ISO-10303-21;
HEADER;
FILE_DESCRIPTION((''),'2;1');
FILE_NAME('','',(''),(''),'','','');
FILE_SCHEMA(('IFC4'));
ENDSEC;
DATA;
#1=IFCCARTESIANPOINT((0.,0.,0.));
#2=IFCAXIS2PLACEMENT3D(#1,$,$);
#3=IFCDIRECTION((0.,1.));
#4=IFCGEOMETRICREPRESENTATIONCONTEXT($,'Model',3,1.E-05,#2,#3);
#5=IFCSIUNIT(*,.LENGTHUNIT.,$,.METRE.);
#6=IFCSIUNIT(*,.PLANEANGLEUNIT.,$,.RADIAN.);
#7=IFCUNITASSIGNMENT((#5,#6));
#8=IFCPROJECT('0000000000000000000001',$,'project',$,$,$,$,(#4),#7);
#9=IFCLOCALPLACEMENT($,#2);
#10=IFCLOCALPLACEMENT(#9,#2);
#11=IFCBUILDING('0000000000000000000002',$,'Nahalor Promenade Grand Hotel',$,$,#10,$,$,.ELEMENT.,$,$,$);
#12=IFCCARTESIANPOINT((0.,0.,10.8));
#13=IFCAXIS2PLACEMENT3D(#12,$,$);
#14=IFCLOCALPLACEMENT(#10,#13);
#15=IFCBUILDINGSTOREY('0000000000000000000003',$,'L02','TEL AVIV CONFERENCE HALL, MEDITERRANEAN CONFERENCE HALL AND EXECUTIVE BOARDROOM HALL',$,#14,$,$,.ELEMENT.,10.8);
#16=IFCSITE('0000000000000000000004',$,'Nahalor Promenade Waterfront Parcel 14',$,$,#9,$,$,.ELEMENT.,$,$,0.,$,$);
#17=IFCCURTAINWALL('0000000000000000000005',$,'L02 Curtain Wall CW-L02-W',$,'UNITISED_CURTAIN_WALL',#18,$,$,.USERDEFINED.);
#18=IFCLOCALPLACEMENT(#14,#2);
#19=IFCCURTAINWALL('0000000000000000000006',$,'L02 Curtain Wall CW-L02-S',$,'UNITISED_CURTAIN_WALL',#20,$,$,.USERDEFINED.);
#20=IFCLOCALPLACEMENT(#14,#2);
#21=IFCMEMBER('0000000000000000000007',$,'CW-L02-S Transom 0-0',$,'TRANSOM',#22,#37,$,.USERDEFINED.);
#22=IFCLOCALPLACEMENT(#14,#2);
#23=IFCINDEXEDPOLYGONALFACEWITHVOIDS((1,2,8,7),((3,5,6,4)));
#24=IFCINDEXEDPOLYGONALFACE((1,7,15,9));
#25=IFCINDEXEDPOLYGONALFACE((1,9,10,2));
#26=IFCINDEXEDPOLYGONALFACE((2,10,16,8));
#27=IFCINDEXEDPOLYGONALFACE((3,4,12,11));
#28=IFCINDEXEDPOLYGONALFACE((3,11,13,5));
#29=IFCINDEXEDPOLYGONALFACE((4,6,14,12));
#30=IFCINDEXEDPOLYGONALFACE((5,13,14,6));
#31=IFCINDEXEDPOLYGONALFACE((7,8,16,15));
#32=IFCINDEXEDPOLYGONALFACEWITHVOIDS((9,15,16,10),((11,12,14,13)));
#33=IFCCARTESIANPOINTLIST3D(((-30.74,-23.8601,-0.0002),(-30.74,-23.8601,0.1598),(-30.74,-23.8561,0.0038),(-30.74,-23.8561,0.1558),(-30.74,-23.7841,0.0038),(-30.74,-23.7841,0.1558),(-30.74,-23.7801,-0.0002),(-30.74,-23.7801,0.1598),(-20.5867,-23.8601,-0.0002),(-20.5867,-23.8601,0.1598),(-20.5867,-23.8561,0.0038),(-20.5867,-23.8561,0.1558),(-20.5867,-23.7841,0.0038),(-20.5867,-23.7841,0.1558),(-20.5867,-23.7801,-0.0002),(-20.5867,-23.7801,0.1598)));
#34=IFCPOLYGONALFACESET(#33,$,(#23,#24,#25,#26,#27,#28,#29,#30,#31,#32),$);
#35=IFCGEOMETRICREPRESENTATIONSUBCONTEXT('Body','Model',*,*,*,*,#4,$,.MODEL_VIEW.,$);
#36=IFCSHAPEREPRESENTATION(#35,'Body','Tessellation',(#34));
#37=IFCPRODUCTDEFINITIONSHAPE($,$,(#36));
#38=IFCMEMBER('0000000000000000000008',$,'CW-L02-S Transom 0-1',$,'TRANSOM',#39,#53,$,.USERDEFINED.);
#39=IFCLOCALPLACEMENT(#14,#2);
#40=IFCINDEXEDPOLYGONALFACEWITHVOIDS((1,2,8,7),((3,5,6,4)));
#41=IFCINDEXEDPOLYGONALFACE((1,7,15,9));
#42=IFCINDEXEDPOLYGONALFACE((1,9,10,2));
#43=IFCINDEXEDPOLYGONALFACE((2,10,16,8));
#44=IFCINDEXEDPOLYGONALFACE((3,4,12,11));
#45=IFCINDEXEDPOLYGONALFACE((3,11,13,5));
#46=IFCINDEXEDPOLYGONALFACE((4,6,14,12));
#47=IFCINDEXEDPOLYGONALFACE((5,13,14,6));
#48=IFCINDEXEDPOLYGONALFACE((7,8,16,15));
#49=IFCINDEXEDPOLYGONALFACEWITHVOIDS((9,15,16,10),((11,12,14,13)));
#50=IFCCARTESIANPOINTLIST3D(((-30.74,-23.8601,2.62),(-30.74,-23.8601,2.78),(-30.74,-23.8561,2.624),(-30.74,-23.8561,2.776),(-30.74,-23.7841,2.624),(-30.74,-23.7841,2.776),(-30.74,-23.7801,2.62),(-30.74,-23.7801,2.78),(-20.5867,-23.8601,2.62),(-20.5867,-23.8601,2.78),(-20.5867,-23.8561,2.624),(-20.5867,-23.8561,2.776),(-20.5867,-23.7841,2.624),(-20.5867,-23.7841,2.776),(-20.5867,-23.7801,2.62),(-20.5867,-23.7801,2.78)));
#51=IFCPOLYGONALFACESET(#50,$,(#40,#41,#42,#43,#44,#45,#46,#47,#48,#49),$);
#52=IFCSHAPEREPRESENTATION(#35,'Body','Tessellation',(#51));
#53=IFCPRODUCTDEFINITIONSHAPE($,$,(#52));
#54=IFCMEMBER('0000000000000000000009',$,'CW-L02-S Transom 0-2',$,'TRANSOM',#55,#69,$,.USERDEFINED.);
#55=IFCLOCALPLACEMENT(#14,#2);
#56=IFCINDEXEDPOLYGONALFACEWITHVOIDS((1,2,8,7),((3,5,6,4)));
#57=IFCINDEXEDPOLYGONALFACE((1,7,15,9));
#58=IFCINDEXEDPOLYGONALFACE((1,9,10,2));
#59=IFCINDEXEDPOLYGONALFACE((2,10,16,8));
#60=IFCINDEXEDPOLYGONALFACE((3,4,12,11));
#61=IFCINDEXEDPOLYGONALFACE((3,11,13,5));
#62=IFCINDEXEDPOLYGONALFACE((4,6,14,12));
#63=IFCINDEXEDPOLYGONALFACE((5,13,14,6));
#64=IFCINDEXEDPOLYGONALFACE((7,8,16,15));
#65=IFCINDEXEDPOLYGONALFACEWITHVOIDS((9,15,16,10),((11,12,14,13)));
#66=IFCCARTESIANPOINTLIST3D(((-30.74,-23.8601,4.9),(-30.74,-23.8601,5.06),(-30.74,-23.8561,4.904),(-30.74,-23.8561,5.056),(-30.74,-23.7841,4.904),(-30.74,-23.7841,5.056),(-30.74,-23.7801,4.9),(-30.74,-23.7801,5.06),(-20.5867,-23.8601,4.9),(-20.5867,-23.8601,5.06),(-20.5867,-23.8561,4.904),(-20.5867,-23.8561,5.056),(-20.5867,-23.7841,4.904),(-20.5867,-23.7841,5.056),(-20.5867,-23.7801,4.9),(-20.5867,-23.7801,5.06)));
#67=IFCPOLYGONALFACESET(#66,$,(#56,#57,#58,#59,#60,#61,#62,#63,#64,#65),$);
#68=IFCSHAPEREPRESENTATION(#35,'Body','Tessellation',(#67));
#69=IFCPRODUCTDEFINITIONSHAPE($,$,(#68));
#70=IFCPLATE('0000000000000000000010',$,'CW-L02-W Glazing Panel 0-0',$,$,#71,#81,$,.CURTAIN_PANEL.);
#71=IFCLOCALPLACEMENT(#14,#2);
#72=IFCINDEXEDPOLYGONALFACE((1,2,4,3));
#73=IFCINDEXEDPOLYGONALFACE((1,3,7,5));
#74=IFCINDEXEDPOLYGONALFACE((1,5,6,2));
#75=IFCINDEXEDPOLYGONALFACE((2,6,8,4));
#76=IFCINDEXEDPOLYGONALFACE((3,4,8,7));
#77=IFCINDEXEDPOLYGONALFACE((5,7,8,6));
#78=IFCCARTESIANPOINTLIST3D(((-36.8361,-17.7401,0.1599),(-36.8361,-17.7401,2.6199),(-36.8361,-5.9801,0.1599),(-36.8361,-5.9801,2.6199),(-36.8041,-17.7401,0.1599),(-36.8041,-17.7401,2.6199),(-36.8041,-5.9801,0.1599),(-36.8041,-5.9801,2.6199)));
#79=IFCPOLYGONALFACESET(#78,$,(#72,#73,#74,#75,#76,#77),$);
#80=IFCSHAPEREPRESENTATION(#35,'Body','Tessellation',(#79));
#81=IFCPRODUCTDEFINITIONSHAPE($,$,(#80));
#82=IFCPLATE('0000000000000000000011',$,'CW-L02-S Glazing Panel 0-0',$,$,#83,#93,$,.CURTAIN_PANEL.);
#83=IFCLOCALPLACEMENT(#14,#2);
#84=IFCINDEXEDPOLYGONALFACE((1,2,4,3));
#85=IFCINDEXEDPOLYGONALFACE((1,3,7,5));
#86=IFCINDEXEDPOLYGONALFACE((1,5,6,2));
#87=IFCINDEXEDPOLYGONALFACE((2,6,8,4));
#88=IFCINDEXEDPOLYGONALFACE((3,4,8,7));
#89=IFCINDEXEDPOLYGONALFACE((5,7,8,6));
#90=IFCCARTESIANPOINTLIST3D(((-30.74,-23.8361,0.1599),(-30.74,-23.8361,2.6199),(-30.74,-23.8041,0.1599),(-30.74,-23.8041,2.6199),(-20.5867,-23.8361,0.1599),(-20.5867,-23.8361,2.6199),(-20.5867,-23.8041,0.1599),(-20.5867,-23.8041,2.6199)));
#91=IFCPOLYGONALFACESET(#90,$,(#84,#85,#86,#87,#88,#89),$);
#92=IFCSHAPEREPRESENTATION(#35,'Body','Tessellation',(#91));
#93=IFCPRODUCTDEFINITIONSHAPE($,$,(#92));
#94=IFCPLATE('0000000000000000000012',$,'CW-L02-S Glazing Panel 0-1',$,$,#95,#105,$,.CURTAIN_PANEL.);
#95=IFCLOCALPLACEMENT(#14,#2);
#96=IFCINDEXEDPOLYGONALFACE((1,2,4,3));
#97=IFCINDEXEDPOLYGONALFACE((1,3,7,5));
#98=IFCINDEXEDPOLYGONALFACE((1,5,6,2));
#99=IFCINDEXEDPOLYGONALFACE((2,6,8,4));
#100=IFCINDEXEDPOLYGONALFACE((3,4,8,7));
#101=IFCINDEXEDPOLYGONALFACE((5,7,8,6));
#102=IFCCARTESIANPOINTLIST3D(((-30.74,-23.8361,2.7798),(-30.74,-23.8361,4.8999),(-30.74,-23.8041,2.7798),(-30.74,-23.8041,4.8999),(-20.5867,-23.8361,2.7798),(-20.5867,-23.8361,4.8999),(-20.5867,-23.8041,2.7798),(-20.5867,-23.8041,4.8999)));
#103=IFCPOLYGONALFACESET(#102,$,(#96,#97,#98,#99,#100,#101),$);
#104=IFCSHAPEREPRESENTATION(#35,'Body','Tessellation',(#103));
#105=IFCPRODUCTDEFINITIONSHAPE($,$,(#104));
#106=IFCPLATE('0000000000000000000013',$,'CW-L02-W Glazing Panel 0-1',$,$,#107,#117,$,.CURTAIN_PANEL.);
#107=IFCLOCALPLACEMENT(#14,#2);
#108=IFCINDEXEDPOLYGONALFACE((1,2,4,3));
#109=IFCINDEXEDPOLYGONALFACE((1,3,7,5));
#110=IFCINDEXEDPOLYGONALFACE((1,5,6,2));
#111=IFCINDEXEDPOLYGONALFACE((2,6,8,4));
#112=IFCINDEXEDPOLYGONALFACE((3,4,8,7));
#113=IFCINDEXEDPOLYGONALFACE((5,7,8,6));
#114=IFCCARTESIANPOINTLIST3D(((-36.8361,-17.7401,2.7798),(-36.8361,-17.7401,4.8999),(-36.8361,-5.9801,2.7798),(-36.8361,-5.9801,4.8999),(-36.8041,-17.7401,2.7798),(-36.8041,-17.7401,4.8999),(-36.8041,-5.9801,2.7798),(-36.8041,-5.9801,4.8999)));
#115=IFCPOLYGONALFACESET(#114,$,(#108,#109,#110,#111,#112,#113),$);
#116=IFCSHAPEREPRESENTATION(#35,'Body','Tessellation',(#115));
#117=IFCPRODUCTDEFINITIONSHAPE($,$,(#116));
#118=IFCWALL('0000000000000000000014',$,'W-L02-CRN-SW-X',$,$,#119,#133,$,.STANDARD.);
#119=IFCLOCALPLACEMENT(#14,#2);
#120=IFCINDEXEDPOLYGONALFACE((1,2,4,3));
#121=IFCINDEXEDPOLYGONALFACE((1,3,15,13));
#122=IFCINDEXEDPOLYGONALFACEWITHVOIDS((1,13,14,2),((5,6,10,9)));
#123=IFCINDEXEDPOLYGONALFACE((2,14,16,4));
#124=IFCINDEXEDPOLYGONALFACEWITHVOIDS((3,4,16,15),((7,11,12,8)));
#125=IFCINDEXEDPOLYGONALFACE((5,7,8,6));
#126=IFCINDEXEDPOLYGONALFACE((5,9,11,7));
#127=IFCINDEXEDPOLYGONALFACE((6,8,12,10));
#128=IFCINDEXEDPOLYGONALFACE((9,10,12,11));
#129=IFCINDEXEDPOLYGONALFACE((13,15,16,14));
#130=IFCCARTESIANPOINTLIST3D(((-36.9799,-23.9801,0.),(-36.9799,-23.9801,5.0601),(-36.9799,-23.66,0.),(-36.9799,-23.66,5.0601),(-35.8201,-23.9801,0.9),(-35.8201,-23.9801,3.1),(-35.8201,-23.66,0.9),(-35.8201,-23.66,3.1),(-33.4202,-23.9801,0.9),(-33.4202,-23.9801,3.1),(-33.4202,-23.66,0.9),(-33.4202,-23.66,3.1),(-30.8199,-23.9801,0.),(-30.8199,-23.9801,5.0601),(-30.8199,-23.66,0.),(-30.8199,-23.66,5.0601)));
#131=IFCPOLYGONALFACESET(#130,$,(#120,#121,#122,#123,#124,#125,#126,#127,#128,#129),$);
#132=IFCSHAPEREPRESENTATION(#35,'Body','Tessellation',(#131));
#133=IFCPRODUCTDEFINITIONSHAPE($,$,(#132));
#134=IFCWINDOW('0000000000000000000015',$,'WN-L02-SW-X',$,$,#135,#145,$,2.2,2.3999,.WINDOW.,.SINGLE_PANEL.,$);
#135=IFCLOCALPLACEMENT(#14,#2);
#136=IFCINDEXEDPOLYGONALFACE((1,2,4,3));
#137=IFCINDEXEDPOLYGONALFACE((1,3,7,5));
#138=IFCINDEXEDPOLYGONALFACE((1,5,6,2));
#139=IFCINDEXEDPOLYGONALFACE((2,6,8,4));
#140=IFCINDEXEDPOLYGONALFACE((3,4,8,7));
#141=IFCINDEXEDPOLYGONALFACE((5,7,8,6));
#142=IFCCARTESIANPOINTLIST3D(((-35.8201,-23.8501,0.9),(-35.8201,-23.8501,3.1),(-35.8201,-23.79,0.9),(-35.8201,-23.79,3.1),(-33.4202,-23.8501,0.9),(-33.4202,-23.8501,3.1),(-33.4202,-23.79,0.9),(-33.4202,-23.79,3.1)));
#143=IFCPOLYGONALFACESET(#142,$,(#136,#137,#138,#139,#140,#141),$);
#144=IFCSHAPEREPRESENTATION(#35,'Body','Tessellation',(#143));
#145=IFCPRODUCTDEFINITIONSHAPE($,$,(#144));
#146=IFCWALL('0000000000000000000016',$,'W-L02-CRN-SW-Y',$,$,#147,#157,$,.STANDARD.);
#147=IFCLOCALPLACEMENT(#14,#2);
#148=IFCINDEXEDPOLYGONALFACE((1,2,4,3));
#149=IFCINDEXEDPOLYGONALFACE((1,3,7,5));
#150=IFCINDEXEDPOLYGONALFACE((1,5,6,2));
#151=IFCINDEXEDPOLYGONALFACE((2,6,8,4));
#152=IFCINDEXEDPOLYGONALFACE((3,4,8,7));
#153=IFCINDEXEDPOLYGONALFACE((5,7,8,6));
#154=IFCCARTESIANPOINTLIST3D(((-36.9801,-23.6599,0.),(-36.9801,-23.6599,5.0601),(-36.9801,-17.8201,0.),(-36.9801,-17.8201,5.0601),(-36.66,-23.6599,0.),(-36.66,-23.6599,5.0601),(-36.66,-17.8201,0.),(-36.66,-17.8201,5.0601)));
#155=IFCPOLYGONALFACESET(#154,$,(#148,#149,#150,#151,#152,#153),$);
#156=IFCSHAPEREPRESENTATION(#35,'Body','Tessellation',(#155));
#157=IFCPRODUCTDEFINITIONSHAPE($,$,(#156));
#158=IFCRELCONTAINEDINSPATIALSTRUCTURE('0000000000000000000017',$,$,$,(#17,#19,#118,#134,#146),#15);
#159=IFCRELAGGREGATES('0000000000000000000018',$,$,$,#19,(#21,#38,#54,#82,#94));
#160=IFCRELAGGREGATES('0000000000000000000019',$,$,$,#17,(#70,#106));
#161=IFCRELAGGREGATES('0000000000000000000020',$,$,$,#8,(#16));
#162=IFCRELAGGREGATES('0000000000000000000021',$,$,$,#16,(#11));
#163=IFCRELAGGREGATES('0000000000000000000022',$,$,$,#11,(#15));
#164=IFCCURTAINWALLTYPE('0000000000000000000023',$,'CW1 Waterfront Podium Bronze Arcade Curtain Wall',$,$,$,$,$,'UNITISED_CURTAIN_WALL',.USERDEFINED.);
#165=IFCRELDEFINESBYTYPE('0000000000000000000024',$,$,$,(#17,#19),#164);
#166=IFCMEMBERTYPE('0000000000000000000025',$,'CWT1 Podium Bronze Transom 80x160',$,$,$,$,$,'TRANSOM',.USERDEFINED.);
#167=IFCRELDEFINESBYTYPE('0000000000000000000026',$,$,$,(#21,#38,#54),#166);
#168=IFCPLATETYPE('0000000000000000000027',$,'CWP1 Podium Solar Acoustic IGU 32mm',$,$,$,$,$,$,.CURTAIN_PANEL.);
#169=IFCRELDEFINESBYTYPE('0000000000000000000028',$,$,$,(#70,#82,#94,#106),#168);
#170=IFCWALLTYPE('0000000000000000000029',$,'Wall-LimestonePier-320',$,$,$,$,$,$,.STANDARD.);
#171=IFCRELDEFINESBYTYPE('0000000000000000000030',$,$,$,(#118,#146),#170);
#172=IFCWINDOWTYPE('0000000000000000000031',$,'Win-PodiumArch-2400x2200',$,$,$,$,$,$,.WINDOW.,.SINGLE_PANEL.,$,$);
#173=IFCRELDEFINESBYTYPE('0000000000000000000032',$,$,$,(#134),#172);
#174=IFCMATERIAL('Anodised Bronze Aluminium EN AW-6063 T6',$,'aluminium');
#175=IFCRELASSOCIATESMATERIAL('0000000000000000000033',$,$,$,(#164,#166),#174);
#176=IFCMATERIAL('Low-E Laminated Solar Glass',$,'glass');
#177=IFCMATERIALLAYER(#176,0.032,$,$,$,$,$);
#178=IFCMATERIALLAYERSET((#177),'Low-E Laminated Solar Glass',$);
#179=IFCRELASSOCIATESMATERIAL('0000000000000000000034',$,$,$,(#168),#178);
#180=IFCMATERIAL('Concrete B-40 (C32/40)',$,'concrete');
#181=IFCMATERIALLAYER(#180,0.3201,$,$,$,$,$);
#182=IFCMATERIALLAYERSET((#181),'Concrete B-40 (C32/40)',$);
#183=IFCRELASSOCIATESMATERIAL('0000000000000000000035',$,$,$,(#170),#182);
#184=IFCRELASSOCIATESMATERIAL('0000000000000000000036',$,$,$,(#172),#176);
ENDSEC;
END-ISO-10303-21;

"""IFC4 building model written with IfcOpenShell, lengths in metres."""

from ifc_helpers import new_model, si_unit, direction, frame, frame_2d, origin, origin_2d, place, context, subcontext, project, spatial, rectangle, hollow_rectangle, extrude, source, transform, mapped, material, layer, layer_set, material_profile, profile_set, type_object, element, fill, aggregate, save


model = new_model("IFC4")

# Units and contexts
model_context = context("Model", 3, precision=1e-05, world=origin(), true_north=direction((0.0, 1.0)))
body_context = subcontext(model_context, "Body", "Model", "MODEL_VIEW")
ifc_project = project(units=[si_unit("LENGTHUNIT", "METRE"), si_unit("PLANEANGLEUNIT", "RADIAN")], contexts=[model_context])

# Site, building, storey
site_placement = place(None, origin())
site = spatial("IfcSite", under=ifc_project, at=site_placement, Name="Nahalor Promenade Waterfront Parcel 14", CompositionType="ELEMENT", RefElevation=0.0)
building_placement = place(site_placement, origin())
building = spatial("IfcBuilding", under=site, at=building_placement, Name="Nahalor Promenade Grand Hotel", CompositionType="ELEMENT")
storey_placement = place(building_placement, frame((0.0, 0.0, 10.8)))
storey = spatial("IfcBuildingStorey", under=building, at=storey_placement, Name="L02", Description="TEL AVIV CONFERENCE HALL, MEDITERRANEAN CONFERENCE HALL AND EXECUTIVE BOARDROOM HALL", CompositionType="ELEMENT", Elevation=10.8)

# Curtain wall
ifc_material_1 = material(Name="Anodised Bronze Aluminium EN AW-6063 T6", Category="aluminium")
curtain_wall_type = type_object("IfcCurtainWallType", Name="CW1 Waterfront Podium Bronze Arcade Curtain Wall", ElementType="UNITISED_CURTAIN_WALL", PredefinedType="USERDEFINED", material=ifc_material_1)
curtain_wall_1_placement = place(storey_placement, origin())
curtain_wall_1 = element("IfcCurtainWall", 1, at=curtain_wall_1_placement, inside=storey, type_object=curtain_wall_type, Name="L02 Curtain Wall CW-L02-W", ObjectType="UNITISED_CURTAIN_WALL", PredefinedType="USERDEFINED")
ifc_material_profile_1 = material_profile(ifc_material_1, hollow_rectangle(XDim=0.08, YDim=0.16, WallThickness=0.004, at=origin_2d()), Name="CWT 80x160x4")
ifc_profile_set_1 = profile_set([ifc_material_profile_1], Name="Anodised Bronze Aluminium EN AW-6063 T6")
member_type_1 = type_object("IfcMemberType", Name="CWT1 Podium Bronze Transom 80x160", ElementType="TRANSOM", PredefinedType="USERDEFINED", material=ifc_profile_set_1)

# Curtain wall
curtain_wall_2_placement = place(storey_placement, origin())
curtain_wall_2 = element("IfcCurtainWall", 2, at=curtain_wall_2_placement, inside=storey, type_object=curtain_wall_type, Name="L02 Curtain Wall CW-L02-S", ObjectType="UNITISED_CURTAIN_WALL", PredefinedType="USERDEFINED")

# Members
shared_shape_1 = source(origin(), body_context, "Body", "SweptSolid", [
    extrude(hollow_rectangle(XDim=0.08, YDim=0.16, WallThickness=0.004, at=origin_2d()), origin(), (0.0, 0.0, 1.0), 10.1533),
])
member_1_placement = place(storey_placement, frame((-30.74, -23.8201, 0.0798), z_axis=(1.0, 0.0, 0.0), x_axis=(0.0, 1.0, 0.0)))
member_1 = element("IfcMember", 3, at=member_1_placement, type_object=member_type_1, Name="CW-L02-S Transom 0-0", ObjectType="TRANSOM", PredefinedType="USERDEFINED", context=body_context, shape_type="MappedRepresentation", body=[
    mapped(shared_shape_1, transform((0.0, 0.0, 0.0), scale=1.0)),
])
member_2_placement = place(storey_placement, frame((-30.74, -23.8201, 2.7), z_axis=(1.0, 0.0, 0.0), x_axis=(0.0, 1.0, 0.0)))
member_2 = element("IfcMember", 4, at=member_2_placement, type_object=member_type_1, Name="CW-L02-S Transom 0-1", ObjectType="TRANSOM", PredefinedType="USERDEFINED", context=body_context, shape_type="MappedRepresentation", body=[
    mapped(shared_shape_1, transform((0.0, 0.0, 0.0), scale=1.0)),
])
member_3_placement = place(storey_placement, frame((-30.74, -23.8201, 4.98), z_axis=(1.0, 0.0, 0.0), x_axis=(0.0, 1.0, 0.0)))
member_3 = element("IfcMember", 5, at=member_3_placement, type_object=member_type_1, Name="CW-L02-S Transom 0-2", ObjectType="TRANSOM", PredefinedType="USERDEFINED", context=body_context, shape_type="MappedRepresentation", body=[
    mapped(shared_shape_1, transform((0.0, 0.0, 0.0), scale=1.0)),
])

# Plates
ifc_material_2 = material(Name="Low-E Laminated Solar Glass", Category="glass")
ifc_layer_1 = layer(ifc_material_2, 0.032)
ifc_layer_set_1 = layer_set([ifc_layer_1], Name="Low-E Laminated Solar Glass")
plate_type = type_object("IfcPlateType", Name="CWP1 Podium Solar Acoustic IGU 32mm", PredefinedType="CURTAIN_PANEL", material=ifc_layer_set_1)
shared_shape_2 = source(origin(), body_context, "Body", "SweptSolid", [
    extrude(rectangle(XDim=11.76, YDim=0.032, at=origin_2d()), origin(), (0.0, 0.0, 1.0), 2.46),
])
plate_1_placement = place(storey_placement, frame((-36.8201, -11.8601, 0.1599), z_axis=(0.0, 0.0, 1.0), x_axis=(0.0, 1.0, 0.0)))
plate_1 = element("IfcPlate", 6, at=plate_1_placement, type_object=plate_type, Name="CW-L02-W Glazing Panel 0-0", PredefinedType="CURTAIN_PANEL", context=body_context, shape_type="MappedRepresentation", body=[
    mapped(shared_shape_2, transform((0.0, 0.0, 0.0), scale=1.0)),
])
shared_shape_3 = source(origin(), body_context, "Body", "SweptSolid", [
    extrude(rectangle(XDim=10.1533, YDim=0.032, at=origin_2d()), origin(), (0.0, 0.0, 1.0), 2.46),
])
plate_2_placement = place(storey_placement, frame((-25.6633, -23.8201, 0.1599), z_axis=(0.0, 0.0, 1.0), x_axis=(1.0, 0.0, 0.0)))
plate_2 = element("IfcPlate", 7, at=plate_2_placement, type_object=plate_type, Name="CW-L02-S Glazing Panel 0-0", PredefinedType="CURTAIN_PANEL", context=body_context, shape_type="MappedRepresentation", body=[
    mapped(shared_shape_3, transform((0.0, 0.0, 0.0), scale=1.0)),
])
shared_shape_4 = source(origin(), body_context, "Body", "SweptSolid", [
    extrude(rectangle(XDim=10.1533, YDim=0.032, at=origin_2d()), origin(), (0.0, 0.0, 1.0), 2.1201),
])
plate_3_placement = place(storey_placement, frame((-25.6633, -23.8201, 2.7798), z_axis=(0.0, 0.0, 1.0), x_axis=(1.0, 0.0, 0.0)))
plate_3 = element("IfcPlate", 8, at=plate_3_placement, type_object=plate_type, Name="CW-L02-S Glazing Panel 0-1", PredefinedType="CURTAIN_PANEL", context=body_context, shape_type="MappedRepresentation", body=[
    mapped(shared_shape_4, transform((0.0, 0.0, 0.0), scale=1.0)),
])
aggregate(curtain_wall_2, [member_1, member_2, member_3, plate_2, plate_3])
shared_shape_5 = source(origin(), body_context, "Body", "SweptSolid", [
    extrude(rectangle(XDim=11.76, YDim=0.032, at=origin_2d()), origin(), (0.0, 0.0, 1.0), 2.1201),
])
plate_4_placement = place(storey_placement, frame((-36.8201, -11.8601, 2.7798), z_axis=(0.0, 0.0, 1.0), x_axis=(0.0, 1.0, 0.0)))
plate_4 = element("IfcPlate", 9, at=plate_4_placement, type_object=plate_type, Name="CW-L02-W Glazing Panel 0-1", PredefinedType="CURTAIN_PANEL", context=body_context, shape_type="MappedRepresentation", body=[
    mapped(shared_shape_5, transform((0.0, 0.0, 0.0), scale=1.0)),
])
aggregate(curtain_wall_1, [plate_1, plate_4])

# Wall, opening, window
ifc_material_3 = material(Name="Concrete B-40 (C32/40)", Category="concrete")
ifc_layer_2 = layer(ifc_material_3, 0.3201)
ifc_layer_set_2 = layer_set([ifc_layer_2], Name="Concrete B-40 (C32/40)")
wall_type = type_object("IfcWallType", Name="Wall-LimestonePier-320", PredefinedType="STANDARD", material=ifc_layer_set_2)
shared_shape_6 = source(origin(), body_context, "Body", "SweptSolid", [
    extrude(rectangle(XDim=6.1599, YDim=0.3201, at=frame_2d((3.0801, 0.0))), origin(), (0.0, 0.0, 1.0), 5.0601),
])
wall_1_placement = place(storey_placement, frame((-36.98, -23.8201, 0.0), z_axis=(0.0, 0.0, 1.0), x_axis=(1.0, 0.0, 0.0)))
wall_1 = element("IfcWall", 10, at=wall_1_placement, inside=storey, type_object=wall_type, Name="W-L02-CRN-SW-X", PredefinedType="STANDARD", context=body_context, shape_type="MappedRepresentation", body=[
    mapped(shared_shape_6, transform((0.0, 0.0, 0.0), scale=1.0)),
])
opening_placement = place(wall_1_placement, frame((1.1599, 0.0, 0.8999)))
opening = element("IfcOpeningElement", 11, at=opening_placement, cuts=wall_1, PredefinedType="OPENING", context=body_context, shape_type="SweptSolid", body=[
    extrude(rectangle(XDim=2.3999, YDim=2.2, at=frame_2d((1.2, 1.1001))), frame((0.0, 0.1699, 0.0), z_axis=(0.0, -1.0, 0.0), x_axis=(1.0, 0.0, 0.0)), (0.0, 0.0, 1.0), 0.3401),
])
window_type = type_object("IfcWindowType", Name="Win-PodiumArch-2400x2200", PartitioningType="SINGLE_PANEL", PredefinedType="WINDOW", material=ifc_material_2)
shared_shape_7 = source(origin(), body_context, "Body", "SweptSolid", [
    extrude(rectangle(XDim=2.3999, YDim=2.2, at=frame_2d((1.2, 1.1001))), frame((0.0, 0.03, 0.0), z_axis=(0.0, -1.0, 0.0), x_axis=(1.0, 0.0, 0.0)), (0.0, 0.0, 1.0), 0.0601),
])
window_placement = place(opening_placement, origin())
window = element("IfcWindow", 12, at=window_placement, inside=storey, type_object=window_type, Name="WN-L02-SW-X", OverallHeight=2.2, OverallWidth=2.3999, PartitioningType="SINGLE_PANEL", PredefinedType="WINDOW", context=body_context, shape_type="MappedRepresentation", body=[
    mapped(shared_shape_7, transform((0.0, 0.0, 0.0), scale=1.0)),
])
fill(opening, window)

# Wall
shared_shape_8 = source(origin(), body_context, "Body", "SweptSolid", [
    extrude(rectangle(XDim=5.8398, YDim=0.3201, at=frame_2d((2.9199, 0.0))), origin(), (0.0, 0.0, 1.0), 5.0601),
])
wall_2_placement = place(storey_placement, frame((-36.8201, -23.6599, 0.0), z_axis=(0.0, 0.0, 1.0), x_axis=(0.0, 1.0, 0.0)))
element("IfcWall", 13, at=wall_2_placement, inside=storey, type_object=wall_type, Name="W-L02-CRN-SW-Y", PredefinedType="STANDARD", context=body_context, shape_type="MappedRepresentation", body=[
    mapped(shared_shape_8, transform((0.0, 0.0, 0.0), scale=1.0)),
])

save(model, "model.ifc")
